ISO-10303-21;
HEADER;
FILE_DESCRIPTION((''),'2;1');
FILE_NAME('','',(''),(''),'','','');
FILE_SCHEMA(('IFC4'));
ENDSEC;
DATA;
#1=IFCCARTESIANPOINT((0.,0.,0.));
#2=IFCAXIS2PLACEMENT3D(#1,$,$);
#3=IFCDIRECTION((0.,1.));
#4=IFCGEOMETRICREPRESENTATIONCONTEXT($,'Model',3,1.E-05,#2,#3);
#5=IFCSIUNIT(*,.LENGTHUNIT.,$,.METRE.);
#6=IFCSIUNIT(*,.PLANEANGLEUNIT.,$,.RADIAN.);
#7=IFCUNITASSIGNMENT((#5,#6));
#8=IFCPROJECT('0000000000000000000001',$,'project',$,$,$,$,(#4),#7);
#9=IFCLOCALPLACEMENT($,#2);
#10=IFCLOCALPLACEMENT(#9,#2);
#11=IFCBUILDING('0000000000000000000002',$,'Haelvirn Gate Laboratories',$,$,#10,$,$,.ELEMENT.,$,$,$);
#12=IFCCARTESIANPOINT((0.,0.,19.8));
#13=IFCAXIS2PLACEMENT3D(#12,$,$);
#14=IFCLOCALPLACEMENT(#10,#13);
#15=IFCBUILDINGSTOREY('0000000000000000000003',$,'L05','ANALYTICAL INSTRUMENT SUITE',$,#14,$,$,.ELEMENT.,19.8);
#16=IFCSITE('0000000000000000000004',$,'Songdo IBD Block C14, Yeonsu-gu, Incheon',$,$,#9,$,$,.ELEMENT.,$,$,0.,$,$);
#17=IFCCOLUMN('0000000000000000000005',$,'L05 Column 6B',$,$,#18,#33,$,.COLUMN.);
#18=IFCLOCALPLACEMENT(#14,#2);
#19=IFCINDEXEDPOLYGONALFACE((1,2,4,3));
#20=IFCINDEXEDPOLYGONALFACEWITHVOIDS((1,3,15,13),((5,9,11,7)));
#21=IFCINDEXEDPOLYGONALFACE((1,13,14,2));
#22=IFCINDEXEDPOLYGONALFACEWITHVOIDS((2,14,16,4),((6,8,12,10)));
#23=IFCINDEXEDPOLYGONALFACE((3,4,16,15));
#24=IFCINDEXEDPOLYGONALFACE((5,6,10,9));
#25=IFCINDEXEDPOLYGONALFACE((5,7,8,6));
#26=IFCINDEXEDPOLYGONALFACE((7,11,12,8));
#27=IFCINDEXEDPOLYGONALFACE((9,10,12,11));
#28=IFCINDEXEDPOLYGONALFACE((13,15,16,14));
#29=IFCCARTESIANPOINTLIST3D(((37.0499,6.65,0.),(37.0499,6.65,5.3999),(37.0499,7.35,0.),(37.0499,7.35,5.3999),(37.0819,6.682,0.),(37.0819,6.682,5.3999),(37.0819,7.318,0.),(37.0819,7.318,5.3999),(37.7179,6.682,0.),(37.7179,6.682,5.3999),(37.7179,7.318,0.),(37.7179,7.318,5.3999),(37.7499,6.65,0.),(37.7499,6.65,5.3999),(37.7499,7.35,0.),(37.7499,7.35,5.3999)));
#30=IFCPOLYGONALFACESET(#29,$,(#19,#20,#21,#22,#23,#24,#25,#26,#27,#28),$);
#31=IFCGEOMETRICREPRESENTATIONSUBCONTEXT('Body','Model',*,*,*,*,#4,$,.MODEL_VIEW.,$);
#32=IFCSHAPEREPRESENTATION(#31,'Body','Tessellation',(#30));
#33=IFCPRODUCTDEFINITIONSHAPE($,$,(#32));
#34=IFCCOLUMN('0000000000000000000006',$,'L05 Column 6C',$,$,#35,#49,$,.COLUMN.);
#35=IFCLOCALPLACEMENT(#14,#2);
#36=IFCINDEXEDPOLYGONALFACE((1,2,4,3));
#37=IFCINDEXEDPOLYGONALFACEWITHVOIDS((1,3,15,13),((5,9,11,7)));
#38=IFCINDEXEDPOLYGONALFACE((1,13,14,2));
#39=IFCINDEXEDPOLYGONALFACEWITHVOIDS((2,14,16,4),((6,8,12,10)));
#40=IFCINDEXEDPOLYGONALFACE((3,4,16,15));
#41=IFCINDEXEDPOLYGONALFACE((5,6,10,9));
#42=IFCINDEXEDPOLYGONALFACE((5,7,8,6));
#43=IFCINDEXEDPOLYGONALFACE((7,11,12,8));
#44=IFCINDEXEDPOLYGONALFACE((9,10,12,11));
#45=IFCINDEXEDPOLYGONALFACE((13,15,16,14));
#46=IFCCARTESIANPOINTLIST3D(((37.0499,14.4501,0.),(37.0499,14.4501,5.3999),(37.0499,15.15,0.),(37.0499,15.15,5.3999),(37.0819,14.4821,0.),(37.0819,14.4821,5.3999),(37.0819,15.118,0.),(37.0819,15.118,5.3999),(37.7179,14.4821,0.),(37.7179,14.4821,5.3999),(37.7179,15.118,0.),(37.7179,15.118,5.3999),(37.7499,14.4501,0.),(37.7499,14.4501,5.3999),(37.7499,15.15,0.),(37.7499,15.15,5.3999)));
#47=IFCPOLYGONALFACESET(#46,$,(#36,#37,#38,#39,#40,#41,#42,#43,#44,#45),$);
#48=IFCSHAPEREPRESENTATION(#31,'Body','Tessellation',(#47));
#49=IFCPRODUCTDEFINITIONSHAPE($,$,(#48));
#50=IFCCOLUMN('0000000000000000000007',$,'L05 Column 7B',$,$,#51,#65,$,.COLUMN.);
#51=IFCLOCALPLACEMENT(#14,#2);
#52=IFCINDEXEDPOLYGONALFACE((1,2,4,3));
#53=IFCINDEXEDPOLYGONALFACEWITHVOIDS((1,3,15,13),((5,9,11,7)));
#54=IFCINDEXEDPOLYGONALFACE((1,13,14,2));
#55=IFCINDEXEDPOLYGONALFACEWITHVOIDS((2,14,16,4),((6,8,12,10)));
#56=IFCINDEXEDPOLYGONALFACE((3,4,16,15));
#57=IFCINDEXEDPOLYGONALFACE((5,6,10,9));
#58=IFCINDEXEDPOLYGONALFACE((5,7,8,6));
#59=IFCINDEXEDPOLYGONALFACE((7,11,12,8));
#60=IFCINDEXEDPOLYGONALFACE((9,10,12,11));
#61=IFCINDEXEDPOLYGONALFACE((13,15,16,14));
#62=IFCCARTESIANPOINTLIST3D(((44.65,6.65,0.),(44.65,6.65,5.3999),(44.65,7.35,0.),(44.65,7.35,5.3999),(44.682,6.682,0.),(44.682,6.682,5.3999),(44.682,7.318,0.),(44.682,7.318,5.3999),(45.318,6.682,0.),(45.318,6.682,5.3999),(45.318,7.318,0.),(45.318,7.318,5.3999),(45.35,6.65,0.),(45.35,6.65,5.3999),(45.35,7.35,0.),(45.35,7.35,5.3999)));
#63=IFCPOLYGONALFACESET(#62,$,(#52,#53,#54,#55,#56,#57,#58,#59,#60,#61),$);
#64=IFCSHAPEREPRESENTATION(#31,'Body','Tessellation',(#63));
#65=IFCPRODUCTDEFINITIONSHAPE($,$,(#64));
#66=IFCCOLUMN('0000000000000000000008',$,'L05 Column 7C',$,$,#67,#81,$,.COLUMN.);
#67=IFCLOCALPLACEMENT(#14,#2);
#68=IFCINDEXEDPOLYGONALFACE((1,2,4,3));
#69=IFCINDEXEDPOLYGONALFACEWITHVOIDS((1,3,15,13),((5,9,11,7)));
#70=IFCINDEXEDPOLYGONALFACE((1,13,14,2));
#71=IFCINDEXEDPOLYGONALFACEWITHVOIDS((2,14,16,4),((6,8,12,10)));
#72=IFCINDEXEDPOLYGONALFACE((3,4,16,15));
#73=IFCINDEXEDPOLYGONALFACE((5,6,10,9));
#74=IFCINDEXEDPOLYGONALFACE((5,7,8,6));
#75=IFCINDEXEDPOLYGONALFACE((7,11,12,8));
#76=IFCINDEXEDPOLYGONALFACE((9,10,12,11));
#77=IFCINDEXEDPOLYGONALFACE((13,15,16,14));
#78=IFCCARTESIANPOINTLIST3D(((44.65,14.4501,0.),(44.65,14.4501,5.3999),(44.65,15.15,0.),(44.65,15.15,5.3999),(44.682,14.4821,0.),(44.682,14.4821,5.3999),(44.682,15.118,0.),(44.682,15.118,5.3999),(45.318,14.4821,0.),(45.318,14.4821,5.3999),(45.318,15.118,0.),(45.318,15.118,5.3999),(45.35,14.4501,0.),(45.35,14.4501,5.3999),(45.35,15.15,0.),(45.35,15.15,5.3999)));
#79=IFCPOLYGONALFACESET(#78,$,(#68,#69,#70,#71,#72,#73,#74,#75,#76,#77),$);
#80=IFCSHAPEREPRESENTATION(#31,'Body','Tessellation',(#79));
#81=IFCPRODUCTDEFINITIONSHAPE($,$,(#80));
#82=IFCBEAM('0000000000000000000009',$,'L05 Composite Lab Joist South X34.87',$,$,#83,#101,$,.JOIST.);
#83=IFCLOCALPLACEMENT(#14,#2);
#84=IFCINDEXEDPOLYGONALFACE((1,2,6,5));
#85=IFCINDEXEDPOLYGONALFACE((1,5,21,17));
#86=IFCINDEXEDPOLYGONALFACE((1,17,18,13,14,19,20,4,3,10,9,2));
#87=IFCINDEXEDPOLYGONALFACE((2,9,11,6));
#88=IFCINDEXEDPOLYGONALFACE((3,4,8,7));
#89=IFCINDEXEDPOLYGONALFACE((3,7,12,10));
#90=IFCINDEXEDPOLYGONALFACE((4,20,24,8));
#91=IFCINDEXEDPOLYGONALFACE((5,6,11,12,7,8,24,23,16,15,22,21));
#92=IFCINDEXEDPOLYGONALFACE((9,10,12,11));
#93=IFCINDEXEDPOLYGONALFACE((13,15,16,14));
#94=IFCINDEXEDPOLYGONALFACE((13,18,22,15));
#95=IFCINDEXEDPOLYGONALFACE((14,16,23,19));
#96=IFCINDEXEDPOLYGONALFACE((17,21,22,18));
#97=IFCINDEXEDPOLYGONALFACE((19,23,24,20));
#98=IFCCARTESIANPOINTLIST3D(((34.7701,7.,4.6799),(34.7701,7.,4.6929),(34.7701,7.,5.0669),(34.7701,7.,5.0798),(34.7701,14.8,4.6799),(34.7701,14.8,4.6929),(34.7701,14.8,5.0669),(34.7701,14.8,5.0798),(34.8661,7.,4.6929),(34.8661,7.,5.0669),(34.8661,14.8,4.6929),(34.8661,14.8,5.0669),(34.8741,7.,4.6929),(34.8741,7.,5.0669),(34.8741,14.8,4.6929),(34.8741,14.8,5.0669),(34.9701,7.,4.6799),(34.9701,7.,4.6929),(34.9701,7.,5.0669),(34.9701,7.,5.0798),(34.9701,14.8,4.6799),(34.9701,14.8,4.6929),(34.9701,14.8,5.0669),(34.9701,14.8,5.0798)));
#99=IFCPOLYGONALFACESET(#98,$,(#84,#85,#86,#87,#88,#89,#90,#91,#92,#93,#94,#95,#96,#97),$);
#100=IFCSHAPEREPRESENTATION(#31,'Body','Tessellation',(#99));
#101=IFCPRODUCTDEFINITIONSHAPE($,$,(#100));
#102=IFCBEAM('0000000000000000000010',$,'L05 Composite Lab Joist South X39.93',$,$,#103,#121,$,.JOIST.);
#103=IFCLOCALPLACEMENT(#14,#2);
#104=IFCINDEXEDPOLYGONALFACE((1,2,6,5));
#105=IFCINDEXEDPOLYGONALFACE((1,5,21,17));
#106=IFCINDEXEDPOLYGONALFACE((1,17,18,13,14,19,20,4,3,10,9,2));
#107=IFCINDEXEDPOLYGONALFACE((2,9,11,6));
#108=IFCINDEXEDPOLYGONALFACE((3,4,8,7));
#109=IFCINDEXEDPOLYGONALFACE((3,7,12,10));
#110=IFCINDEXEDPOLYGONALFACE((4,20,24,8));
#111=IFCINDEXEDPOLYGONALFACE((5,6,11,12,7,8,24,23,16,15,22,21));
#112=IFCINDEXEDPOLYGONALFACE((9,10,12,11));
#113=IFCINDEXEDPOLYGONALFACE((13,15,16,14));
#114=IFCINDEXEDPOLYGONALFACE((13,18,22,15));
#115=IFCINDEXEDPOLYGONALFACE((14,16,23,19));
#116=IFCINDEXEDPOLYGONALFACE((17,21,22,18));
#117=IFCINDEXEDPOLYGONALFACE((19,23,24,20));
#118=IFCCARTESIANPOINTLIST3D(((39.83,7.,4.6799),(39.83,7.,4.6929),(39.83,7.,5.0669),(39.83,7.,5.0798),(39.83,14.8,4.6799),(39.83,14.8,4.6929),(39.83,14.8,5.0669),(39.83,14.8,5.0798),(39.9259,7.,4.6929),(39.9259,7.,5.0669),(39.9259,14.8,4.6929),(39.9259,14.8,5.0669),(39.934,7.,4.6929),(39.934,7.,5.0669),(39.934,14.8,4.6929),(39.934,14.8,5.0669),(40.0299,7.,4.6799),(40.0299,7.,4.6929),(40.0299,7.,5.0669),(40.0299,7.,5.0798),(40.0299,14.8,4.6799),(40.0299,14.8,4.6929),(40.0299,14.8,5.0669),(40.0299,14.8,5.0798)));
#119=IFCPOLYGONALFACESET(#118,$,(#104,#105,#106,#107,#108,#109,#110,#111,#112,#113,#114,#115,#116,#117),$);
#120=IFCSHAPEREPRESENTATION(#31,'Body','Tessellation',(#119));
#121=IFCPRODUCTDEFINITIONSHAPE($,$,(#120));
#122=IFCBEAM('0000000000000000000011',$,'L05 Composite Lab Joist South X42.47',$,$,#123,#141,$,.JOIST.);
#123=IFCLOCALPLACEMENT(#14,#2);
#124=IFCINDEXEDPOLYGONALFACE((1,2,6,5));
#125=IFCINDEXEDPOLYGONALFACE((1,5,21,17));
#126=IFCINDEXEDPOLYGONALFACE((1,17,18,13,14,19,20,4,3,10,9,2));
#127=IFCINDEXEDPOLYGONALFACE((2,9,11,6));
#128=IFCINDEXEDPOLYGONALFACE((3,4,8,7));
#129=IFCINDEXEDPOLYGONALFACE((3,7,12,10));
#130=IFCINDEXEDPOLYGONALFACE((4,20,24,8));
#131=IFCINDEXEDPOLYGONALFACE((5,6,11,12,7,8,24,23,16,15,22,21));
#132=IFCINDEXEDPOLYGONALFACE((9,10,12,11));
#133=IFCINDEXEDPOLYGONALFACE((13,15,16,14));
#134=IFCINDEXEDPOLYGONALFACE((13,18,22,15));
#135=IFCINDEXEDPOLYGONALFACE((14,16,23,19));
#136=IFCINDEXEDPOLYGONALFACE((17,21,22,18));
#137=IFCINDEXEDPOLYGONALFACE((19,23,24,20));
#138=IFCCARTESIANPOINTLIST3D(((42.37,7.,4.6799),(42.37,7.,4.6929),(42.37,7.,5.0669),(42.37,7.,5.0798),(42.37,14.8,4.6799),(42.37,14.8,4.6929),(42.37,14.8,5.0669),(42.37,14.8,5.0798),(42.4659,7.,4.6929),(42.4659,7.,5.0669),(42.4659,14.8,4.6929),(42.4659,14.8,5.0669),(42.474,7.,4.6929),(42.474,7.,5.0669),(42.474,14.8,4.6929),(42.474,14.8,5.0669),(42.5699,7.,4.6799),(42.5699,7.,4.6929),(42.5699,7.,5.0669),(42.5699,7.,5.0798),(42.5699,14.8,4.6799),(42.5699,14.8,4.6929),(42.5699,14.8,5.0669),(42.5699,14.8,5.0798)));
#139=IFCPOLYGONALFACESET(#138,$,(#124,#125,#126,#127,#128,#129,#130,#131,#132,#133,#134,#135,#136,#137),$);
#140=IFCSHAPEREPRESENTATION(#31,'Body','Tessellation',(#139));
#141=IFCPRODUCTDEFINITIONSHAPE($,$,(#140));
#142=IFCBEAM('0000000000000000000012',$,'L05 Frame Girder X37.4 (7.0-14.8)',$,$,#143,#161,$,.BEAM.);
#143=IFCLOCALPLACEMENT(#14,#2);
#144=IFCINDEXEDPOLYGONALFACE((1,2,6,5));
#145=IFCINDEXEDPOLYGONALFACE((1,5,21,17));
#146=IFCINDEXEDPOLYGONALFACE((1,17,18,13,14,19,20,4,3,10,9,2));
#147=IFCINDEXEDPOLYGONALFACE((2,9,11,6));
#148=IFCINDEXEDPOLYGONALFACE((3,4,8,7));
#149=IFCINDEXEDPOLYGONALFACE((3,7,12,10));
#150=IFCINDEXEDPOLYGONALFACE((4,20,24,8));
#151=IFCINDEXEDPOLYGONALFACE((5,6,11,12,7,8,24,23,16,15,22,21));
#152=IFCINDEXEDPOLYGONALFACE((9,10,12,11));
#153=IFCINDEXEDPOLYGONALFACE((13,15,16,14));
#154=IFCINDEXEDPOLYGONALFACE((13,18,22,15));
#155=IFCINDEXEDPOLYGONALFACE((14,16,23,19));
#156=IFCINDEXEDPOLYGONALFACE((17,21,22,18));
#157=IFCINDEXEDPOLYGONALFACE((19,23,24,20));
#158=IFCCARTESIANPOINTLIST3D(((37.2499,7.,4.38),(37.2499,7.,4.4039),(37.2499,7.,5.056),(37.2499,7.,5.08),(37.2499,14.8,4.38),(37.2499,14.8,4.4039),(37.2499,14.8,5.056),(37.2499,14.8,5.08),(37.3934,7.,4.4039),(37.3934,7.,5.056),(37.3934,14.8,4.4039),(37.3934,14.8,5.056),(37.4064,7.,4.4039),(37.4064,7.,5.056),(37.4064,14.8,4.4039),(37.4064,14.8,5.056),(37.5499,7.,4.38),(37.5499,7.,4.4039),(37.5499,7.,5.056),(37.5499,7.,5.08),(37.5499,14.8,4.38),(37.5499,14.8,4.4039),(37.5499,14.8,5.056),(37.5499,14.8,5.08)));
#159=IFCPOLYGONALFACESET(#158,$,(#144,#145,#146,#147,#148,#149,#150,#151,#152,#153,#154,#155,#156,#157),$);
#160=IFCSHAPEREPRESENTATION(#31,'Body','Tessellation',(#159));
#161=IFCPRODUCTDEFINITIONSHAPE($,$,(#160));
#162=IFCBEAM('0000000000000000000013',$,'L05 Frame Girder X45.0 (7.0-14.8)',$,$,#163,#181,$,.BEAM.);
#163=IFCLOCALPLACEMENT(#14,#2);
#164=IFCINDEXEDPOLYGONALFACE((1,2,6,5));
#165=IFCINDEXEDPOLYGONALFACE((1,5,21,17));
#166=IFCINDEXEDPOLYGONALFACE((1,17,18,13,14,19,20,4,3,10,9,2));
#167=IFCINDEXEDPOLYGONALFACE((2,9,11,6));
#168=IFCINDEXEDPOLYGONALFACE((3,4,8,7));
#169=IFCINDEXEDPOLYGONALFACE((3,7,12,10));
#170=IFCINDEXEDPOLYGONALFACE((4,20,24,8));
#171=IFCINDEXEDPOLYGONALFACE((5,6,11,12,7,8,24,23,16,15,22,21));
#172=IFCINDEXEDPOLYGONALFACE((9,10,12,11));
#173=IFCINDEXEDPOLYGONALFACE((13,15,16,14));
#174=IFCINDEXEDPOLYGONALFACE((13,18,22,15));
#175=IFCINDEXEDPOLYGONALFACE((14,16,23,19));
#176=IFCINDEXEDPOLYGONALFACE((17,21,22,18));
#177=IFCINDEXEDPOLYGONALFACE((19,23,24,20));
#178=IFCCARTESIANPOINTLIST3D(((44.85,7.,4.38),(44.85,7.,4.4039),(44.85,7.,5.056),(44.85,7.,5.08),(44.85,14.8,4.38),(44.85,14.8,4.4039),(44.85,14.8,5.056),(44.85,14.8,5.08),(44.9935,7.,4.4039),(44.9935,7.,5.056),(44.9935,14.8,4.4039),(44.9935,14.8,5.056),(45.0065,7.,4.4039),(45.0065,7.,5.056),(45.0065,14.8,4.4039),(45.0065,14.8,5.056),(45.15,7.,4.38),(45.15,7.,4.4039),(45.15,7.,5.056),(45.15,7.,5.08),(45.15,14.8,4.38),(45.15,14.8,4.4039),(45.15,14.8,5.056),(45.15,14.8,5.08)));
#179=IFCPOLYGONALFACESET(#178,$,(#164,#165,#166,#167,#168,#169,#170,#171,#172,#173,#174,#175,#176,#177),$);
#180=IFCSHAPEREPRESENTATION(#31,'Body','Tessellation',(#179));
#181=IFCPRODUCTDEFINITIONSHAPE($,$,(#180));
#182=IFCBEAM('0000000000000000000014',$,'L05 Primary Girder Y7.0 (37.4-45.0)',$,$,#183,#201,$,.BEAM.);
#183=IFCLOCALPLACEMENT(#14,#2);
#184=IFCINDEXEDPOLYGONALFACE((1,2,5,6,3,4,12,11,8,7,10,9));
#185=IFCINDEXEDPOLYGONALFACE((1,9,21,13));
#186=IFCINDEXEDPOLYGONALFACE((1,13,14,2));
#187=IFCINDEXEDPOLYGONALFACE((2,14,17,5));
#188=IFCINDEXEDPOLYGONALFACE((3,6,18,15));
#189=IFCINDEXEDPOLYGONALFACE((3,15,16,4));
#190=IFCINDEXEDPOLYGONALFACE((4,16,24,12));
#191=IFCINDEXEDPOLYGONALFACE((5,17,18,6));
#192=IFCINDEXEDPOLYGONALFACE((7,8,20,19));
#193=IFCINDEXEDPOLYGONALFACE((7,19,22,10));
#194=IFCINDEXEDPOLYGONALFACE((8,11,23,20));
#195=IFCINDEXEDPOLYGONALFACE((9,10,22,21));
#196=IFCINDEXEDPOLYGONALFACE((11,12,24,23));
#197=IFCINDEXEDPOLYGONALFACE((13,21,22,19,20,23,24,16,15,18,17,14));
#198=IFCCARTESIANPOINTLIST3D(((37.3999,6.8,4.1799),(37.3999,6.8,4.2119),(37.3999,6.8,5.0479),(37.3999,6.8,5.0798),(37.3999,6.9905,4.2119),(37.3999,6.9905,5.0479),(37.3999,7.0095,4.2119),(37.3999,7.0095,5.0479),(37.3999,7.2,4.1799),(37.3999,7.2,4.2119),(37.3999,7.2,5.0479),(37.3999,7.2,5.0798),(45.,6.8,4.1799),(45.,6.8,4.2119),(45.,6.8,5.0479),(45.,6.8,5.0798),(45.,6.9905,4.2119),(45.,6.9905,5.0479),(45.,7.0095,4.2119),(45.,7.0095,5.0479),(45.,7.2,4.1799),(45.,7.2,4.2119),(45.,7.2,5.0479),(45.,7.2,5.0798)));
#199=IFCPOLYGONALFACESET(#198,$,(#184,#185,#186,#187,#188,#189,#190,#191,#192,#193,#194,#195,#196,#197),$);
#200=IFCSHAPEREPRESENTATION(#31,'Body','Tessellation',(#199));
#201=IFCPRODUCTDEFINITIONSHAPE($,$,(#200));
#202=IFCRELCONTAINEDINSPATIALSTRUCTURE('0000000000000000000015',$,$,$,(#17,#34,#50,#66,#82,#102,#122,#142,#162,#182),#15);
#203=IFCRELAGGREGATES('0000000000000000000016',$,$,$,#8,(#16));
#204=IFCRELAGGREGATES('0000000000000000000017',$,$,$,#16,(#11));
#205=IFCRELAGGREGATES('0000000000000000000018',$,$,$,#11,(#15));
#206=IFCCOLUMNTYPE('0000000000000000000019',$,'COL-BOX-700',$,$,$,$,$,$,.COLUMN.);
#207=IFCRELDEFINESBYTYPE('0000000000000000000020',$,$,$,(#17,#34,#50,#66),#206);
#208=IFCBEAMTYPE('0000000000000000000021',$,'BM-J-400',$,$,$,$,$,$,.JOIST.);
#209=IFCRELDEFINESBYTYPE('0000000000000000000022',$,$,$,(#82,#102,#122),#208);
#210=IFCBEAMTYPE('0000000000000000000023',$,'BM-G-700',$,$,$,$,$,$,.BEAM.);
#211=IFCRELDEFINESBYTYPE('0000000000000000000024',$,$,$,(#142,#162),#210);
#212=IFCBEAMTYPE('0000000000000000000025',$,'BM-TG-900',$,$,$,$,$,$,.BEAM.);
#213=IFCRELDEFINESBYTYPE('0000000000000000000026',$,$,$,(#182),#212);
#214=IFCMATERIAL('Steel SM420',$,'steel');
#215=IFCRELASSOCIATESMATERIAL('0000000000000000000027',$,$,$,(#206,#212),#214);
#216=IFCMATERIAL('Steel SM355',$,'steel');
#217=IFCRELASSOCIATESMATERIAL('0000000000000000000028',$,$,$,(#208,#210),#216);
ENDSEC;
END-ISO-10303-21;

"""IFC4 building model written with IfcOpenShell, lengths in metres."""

from ifc_helpers import new_model, si_unit, direction, frame, origin, origin_2d, place, context, subcontext, project, spatial, hollow_rectangle, i_section, extrude, source, transform, mapped, material, material_profile, profile_set, type_object, type_shapes, element, save


model = new_model("IFC4")

# Units and contexts
model_context = context("Model", 3, precision=1e-05, world=origin(), true_north=direction((0.0, 1.0)))
body_context = subcontext(model_context, "Body", "Model", "MODEL_VIEW")
ifc_project = project(units=[si_unit("LENGTHUNIT", "METRE"), si_unit("PLANEANGLEUNIT", "RADIAN")], contexts=[model_context])

# Site, building, storey
site_placement = place(None, origin())
site = spatial("IfcSite", under=ifc_project, at=site_placement, Name="Songdo IBD Block C14, Yeonsu-gu, Incheon", CompositionType="ELEMENT", RefElevation=0.0)
building_placement = place(site_placement, origin())
building = spatial("IfcBuilding", under=site, at=building_placement, Name="Haelvirn Gate Laboratories", CompositionType="ELEMENT")
storey_placement = place(building_placement, frame((0.0, 0.0, 19.8)))
storey = spatial("IfcBuildingStorey", under=building, at=storey_placement, Name="L05", Description="ANALYTICAL INSTRUMENT SUITE", CompositionType="ELEMENT", Elevation=19.8)

# Columns
ifc_material_1 = material(Name="Steel SM420", Category="steel")
ifc_material_profile_1 = material_profile(ifc_material_1, hollow_rectangle(XDim=0.7, YDim=0.7, WallThickness=0.032, at=origin_2d()), Name="BOX-700x700x32")
ifc_profile_set_1 = profile_set([ifc_material_profile_1], Name="Steel SM420")
column_type = type_object("IfcColumnType", Name="COL-BOX-700", PredefinedType="COLUMN", material=ifc_profile_set_1)
shared_shape_1 = source(origin(), body_context, "Body", "SweptSolid", [
    extrude(hollow_rectangle(XDim=0.7, YDim=0.7, WallThickness=0.032, at=origin_2d()), origin(), (0.0, 0.0, 1.0), 5.3999),
])
type_shapes(column_type, [shared_shape_1])
for number, where, z_axis, x_axis, name in (
    (1, (37.3999, 7.0, 0.0), (0.0, 0.0, 1.0), (1.0, 0.0, 0.0), "L05 Column 6B"),
    (2, (37.3999, 14.8, 0.0), (0.0, 0.0, 1.0), (1.0, 0.0, 0.0), "L05 Column 6C"),
    (3, (45.0, 7.0, 0.0), (0.0, 0.0, 1.0), (1.0, 0.0, 0.0), "L05 Column 7B"),
    (4, (45.0, 14.8, 0.0), (0.0, 0.0, 1.0), (1.0, 0.0, 0.0), "L05 Column 7C"),
):
    element("IfcColumn", number, at=place(storey_placement, frame(where, z_axis=z_axis, x_axis=x_axis)), inside=storey, type_object=column_type, Name=name, PredefinedType="COLUMN", context=body_context, shape_type="MappedRepresentation", body=[
        mapped(shared_shape_1, transform((0.0, 0.0, 0.0), scale=1.0)),
    ])

# Beams
ifc_material_2 = material(Name="Steel SM355", Category="steel")
ifc_material_profile_2 = material_profile(ifc_material_2, i_section(OverallWidth=0.2, OverallDepth=0.3999, WebThickness=0.0081, FlangeThickness=0.0129, at=origin_2d()), Name="H-400x200x8x13")
ifc_profile_set_2 = profile_set([ifc_material_profile_2], Name="Steel SM355")
beam_type_1 = type_object("IfcBeamType", Name="BM-J-400", PredefinedType="JOIST", material=ifc_profile_set_2)
shared_shape_2 = source(origin(), body_context, "Body", "SweptSolid", [
    extrude(i_section(OverallWidth=0.2, OverallDepth=0.3999, WebThickness=0.0081, FlangeThickness=0.0129, at=origin_2d()), origin(), (0.0, 0.0, 1.0), 7.8),
])
type_shapes(beam_type_1, [shared_shape_2])
for number, where, z_axis, x_axis, name in (
    (5, (34.8701, 7.0, 4.8799), (0.0, 1.0, 0.0), (-1.0, 0.0, 0.0), "L05 Composite Lab Joist South X34.87"),
    (6, (39.9299, 7.0, 4.8799), (0.0, 1.0, 0.0), (-1.0, 0.0, 0.0), "L05 Composite Lab Joist South X39.93"),
    (7, (42.47, 7.0, 4.8799), (0.0, 1.0, 0.0), (-1.0, 0.0, 0.0), "L05 Composite Lab Joist South X42.47"),
):
    element("IfcBeam", number, at=place(storey_placement, frame(where, z_axis=z_axis, x_axis=x_axis)), inside=storey, type_object=beam_type_1, Name=name, PredefinedType="JOIST", context=body_context, shape_type="MappedRepresentation", body=[
        mapped(shared_shape_2, transform((0.0, 0.0, 0.0), scale=1.0)),
    ])
ifc_material_profile_3 = material_profile(ifc_material_2, i_section(OverallWidth=0.3, OverallDepth=0.7, WebThickness=0.0129, FlangeThickness=0.0239, at=origin_2d()), Name="H-700x300x13x24")
ifc_profile_set_3 = profile_set([ifc_material_profile_3], Name="Steel SM355")
beam_type_2 = type_object("IfcBeamType", Name="BM-G-700", PredefinedType="BEAM", material=ifc_profile_set_3)
shared_shape_3 = source(origin(), body_context, "Body", "SweptSolid", [
    extrude(i_section(OverallWidth=0.3, OverallDepth=0.7, WebThickness=0.0129, FlangeThickness=0.0239, at=origin_2d()), origin(), (0.0, 0.0, 1.0), 7.8),
])
type_shapes(beam_type_2, [shared_shape_3])
for number, where, z_axis, x_axis, name in (
    (8, (37.3999, 7.0, 4.73), (0.0, 1.0, 0.0), (-1.0, 0.0, 0.0), "L05 Frame Girder X37.4 (7.0-14.8)"),
    (9, (45.0, 7.0, 4.73), (0.0, 1.0, 0.0), (-1.0, 0.0, 0.0), "L05 Frame Girder X45.0 (7.0-14.8)"),
):
    element("IfcBeam", number, at=place(storey_placement, frame(where, z_axis=z_axis, x_axis=x_axis)), inside=storey, type_object=beam_type_2, Name=name, PredefinedType="BEAM", context=body_context, shape_type="MappedRepresentation", body=[
        mapped(shared_shape_3, transform((0.0, 0.0, 0.0), scale=1.0)),
    ])
ifc_material_profile_4 = material_profile(ifc_material_1, i_section(OverallWidth=0.3999, OverallDepth=0.8999, WebThickness=0.019, FlangeThickness=0.032, at=origin_2d()), Name="H-900x400x19x32")
ifc_profile_set_4 = profile_set([ifc_material_profile_4], Name="Steel SM420")
beam_type_3 = type_object("IfcBeamType", Name="BM-TG-900", PredefinedType="BEAM", material=ifc_profile_set_4)
shared_shape_4 = source(origin(), body_context, "Body", "SweptSolid", [
    extrude(i_section(OverallWidth=0.3999, OverallDepth=0.8999, WebThickness=0.019, FlangeThickness=0.032, at=origin_2d()), origin(), (0.0, 0.0, 1.0), 7.6001),
])
type_shapes(beam_type_3, [shared_shape_4])
for number, where, z_axis, x_axis, name in (
    (10, (37.3999, 7.0, 4.6299), (1.0, 0.0, 0.0), (0.0, 1.0, 0.0), "L05 Primary Girder Y7.0 (37.4-45.0)"),
):
    element("IfcBeam", number, at=place(storey_placement, frame(where, z_axis=z_axis, x_axis=x_axis)), inside=storey, type_object=beam_type_3, Name=name, PredefinedType="BEAM", context=body_context, shape_type="MappedRepresentation", body=[
        mapped(shared_shape_4, transform((0.0, 0.0, 0.0), scale=1.0)),
    ])

save(model, "model.ifc")
